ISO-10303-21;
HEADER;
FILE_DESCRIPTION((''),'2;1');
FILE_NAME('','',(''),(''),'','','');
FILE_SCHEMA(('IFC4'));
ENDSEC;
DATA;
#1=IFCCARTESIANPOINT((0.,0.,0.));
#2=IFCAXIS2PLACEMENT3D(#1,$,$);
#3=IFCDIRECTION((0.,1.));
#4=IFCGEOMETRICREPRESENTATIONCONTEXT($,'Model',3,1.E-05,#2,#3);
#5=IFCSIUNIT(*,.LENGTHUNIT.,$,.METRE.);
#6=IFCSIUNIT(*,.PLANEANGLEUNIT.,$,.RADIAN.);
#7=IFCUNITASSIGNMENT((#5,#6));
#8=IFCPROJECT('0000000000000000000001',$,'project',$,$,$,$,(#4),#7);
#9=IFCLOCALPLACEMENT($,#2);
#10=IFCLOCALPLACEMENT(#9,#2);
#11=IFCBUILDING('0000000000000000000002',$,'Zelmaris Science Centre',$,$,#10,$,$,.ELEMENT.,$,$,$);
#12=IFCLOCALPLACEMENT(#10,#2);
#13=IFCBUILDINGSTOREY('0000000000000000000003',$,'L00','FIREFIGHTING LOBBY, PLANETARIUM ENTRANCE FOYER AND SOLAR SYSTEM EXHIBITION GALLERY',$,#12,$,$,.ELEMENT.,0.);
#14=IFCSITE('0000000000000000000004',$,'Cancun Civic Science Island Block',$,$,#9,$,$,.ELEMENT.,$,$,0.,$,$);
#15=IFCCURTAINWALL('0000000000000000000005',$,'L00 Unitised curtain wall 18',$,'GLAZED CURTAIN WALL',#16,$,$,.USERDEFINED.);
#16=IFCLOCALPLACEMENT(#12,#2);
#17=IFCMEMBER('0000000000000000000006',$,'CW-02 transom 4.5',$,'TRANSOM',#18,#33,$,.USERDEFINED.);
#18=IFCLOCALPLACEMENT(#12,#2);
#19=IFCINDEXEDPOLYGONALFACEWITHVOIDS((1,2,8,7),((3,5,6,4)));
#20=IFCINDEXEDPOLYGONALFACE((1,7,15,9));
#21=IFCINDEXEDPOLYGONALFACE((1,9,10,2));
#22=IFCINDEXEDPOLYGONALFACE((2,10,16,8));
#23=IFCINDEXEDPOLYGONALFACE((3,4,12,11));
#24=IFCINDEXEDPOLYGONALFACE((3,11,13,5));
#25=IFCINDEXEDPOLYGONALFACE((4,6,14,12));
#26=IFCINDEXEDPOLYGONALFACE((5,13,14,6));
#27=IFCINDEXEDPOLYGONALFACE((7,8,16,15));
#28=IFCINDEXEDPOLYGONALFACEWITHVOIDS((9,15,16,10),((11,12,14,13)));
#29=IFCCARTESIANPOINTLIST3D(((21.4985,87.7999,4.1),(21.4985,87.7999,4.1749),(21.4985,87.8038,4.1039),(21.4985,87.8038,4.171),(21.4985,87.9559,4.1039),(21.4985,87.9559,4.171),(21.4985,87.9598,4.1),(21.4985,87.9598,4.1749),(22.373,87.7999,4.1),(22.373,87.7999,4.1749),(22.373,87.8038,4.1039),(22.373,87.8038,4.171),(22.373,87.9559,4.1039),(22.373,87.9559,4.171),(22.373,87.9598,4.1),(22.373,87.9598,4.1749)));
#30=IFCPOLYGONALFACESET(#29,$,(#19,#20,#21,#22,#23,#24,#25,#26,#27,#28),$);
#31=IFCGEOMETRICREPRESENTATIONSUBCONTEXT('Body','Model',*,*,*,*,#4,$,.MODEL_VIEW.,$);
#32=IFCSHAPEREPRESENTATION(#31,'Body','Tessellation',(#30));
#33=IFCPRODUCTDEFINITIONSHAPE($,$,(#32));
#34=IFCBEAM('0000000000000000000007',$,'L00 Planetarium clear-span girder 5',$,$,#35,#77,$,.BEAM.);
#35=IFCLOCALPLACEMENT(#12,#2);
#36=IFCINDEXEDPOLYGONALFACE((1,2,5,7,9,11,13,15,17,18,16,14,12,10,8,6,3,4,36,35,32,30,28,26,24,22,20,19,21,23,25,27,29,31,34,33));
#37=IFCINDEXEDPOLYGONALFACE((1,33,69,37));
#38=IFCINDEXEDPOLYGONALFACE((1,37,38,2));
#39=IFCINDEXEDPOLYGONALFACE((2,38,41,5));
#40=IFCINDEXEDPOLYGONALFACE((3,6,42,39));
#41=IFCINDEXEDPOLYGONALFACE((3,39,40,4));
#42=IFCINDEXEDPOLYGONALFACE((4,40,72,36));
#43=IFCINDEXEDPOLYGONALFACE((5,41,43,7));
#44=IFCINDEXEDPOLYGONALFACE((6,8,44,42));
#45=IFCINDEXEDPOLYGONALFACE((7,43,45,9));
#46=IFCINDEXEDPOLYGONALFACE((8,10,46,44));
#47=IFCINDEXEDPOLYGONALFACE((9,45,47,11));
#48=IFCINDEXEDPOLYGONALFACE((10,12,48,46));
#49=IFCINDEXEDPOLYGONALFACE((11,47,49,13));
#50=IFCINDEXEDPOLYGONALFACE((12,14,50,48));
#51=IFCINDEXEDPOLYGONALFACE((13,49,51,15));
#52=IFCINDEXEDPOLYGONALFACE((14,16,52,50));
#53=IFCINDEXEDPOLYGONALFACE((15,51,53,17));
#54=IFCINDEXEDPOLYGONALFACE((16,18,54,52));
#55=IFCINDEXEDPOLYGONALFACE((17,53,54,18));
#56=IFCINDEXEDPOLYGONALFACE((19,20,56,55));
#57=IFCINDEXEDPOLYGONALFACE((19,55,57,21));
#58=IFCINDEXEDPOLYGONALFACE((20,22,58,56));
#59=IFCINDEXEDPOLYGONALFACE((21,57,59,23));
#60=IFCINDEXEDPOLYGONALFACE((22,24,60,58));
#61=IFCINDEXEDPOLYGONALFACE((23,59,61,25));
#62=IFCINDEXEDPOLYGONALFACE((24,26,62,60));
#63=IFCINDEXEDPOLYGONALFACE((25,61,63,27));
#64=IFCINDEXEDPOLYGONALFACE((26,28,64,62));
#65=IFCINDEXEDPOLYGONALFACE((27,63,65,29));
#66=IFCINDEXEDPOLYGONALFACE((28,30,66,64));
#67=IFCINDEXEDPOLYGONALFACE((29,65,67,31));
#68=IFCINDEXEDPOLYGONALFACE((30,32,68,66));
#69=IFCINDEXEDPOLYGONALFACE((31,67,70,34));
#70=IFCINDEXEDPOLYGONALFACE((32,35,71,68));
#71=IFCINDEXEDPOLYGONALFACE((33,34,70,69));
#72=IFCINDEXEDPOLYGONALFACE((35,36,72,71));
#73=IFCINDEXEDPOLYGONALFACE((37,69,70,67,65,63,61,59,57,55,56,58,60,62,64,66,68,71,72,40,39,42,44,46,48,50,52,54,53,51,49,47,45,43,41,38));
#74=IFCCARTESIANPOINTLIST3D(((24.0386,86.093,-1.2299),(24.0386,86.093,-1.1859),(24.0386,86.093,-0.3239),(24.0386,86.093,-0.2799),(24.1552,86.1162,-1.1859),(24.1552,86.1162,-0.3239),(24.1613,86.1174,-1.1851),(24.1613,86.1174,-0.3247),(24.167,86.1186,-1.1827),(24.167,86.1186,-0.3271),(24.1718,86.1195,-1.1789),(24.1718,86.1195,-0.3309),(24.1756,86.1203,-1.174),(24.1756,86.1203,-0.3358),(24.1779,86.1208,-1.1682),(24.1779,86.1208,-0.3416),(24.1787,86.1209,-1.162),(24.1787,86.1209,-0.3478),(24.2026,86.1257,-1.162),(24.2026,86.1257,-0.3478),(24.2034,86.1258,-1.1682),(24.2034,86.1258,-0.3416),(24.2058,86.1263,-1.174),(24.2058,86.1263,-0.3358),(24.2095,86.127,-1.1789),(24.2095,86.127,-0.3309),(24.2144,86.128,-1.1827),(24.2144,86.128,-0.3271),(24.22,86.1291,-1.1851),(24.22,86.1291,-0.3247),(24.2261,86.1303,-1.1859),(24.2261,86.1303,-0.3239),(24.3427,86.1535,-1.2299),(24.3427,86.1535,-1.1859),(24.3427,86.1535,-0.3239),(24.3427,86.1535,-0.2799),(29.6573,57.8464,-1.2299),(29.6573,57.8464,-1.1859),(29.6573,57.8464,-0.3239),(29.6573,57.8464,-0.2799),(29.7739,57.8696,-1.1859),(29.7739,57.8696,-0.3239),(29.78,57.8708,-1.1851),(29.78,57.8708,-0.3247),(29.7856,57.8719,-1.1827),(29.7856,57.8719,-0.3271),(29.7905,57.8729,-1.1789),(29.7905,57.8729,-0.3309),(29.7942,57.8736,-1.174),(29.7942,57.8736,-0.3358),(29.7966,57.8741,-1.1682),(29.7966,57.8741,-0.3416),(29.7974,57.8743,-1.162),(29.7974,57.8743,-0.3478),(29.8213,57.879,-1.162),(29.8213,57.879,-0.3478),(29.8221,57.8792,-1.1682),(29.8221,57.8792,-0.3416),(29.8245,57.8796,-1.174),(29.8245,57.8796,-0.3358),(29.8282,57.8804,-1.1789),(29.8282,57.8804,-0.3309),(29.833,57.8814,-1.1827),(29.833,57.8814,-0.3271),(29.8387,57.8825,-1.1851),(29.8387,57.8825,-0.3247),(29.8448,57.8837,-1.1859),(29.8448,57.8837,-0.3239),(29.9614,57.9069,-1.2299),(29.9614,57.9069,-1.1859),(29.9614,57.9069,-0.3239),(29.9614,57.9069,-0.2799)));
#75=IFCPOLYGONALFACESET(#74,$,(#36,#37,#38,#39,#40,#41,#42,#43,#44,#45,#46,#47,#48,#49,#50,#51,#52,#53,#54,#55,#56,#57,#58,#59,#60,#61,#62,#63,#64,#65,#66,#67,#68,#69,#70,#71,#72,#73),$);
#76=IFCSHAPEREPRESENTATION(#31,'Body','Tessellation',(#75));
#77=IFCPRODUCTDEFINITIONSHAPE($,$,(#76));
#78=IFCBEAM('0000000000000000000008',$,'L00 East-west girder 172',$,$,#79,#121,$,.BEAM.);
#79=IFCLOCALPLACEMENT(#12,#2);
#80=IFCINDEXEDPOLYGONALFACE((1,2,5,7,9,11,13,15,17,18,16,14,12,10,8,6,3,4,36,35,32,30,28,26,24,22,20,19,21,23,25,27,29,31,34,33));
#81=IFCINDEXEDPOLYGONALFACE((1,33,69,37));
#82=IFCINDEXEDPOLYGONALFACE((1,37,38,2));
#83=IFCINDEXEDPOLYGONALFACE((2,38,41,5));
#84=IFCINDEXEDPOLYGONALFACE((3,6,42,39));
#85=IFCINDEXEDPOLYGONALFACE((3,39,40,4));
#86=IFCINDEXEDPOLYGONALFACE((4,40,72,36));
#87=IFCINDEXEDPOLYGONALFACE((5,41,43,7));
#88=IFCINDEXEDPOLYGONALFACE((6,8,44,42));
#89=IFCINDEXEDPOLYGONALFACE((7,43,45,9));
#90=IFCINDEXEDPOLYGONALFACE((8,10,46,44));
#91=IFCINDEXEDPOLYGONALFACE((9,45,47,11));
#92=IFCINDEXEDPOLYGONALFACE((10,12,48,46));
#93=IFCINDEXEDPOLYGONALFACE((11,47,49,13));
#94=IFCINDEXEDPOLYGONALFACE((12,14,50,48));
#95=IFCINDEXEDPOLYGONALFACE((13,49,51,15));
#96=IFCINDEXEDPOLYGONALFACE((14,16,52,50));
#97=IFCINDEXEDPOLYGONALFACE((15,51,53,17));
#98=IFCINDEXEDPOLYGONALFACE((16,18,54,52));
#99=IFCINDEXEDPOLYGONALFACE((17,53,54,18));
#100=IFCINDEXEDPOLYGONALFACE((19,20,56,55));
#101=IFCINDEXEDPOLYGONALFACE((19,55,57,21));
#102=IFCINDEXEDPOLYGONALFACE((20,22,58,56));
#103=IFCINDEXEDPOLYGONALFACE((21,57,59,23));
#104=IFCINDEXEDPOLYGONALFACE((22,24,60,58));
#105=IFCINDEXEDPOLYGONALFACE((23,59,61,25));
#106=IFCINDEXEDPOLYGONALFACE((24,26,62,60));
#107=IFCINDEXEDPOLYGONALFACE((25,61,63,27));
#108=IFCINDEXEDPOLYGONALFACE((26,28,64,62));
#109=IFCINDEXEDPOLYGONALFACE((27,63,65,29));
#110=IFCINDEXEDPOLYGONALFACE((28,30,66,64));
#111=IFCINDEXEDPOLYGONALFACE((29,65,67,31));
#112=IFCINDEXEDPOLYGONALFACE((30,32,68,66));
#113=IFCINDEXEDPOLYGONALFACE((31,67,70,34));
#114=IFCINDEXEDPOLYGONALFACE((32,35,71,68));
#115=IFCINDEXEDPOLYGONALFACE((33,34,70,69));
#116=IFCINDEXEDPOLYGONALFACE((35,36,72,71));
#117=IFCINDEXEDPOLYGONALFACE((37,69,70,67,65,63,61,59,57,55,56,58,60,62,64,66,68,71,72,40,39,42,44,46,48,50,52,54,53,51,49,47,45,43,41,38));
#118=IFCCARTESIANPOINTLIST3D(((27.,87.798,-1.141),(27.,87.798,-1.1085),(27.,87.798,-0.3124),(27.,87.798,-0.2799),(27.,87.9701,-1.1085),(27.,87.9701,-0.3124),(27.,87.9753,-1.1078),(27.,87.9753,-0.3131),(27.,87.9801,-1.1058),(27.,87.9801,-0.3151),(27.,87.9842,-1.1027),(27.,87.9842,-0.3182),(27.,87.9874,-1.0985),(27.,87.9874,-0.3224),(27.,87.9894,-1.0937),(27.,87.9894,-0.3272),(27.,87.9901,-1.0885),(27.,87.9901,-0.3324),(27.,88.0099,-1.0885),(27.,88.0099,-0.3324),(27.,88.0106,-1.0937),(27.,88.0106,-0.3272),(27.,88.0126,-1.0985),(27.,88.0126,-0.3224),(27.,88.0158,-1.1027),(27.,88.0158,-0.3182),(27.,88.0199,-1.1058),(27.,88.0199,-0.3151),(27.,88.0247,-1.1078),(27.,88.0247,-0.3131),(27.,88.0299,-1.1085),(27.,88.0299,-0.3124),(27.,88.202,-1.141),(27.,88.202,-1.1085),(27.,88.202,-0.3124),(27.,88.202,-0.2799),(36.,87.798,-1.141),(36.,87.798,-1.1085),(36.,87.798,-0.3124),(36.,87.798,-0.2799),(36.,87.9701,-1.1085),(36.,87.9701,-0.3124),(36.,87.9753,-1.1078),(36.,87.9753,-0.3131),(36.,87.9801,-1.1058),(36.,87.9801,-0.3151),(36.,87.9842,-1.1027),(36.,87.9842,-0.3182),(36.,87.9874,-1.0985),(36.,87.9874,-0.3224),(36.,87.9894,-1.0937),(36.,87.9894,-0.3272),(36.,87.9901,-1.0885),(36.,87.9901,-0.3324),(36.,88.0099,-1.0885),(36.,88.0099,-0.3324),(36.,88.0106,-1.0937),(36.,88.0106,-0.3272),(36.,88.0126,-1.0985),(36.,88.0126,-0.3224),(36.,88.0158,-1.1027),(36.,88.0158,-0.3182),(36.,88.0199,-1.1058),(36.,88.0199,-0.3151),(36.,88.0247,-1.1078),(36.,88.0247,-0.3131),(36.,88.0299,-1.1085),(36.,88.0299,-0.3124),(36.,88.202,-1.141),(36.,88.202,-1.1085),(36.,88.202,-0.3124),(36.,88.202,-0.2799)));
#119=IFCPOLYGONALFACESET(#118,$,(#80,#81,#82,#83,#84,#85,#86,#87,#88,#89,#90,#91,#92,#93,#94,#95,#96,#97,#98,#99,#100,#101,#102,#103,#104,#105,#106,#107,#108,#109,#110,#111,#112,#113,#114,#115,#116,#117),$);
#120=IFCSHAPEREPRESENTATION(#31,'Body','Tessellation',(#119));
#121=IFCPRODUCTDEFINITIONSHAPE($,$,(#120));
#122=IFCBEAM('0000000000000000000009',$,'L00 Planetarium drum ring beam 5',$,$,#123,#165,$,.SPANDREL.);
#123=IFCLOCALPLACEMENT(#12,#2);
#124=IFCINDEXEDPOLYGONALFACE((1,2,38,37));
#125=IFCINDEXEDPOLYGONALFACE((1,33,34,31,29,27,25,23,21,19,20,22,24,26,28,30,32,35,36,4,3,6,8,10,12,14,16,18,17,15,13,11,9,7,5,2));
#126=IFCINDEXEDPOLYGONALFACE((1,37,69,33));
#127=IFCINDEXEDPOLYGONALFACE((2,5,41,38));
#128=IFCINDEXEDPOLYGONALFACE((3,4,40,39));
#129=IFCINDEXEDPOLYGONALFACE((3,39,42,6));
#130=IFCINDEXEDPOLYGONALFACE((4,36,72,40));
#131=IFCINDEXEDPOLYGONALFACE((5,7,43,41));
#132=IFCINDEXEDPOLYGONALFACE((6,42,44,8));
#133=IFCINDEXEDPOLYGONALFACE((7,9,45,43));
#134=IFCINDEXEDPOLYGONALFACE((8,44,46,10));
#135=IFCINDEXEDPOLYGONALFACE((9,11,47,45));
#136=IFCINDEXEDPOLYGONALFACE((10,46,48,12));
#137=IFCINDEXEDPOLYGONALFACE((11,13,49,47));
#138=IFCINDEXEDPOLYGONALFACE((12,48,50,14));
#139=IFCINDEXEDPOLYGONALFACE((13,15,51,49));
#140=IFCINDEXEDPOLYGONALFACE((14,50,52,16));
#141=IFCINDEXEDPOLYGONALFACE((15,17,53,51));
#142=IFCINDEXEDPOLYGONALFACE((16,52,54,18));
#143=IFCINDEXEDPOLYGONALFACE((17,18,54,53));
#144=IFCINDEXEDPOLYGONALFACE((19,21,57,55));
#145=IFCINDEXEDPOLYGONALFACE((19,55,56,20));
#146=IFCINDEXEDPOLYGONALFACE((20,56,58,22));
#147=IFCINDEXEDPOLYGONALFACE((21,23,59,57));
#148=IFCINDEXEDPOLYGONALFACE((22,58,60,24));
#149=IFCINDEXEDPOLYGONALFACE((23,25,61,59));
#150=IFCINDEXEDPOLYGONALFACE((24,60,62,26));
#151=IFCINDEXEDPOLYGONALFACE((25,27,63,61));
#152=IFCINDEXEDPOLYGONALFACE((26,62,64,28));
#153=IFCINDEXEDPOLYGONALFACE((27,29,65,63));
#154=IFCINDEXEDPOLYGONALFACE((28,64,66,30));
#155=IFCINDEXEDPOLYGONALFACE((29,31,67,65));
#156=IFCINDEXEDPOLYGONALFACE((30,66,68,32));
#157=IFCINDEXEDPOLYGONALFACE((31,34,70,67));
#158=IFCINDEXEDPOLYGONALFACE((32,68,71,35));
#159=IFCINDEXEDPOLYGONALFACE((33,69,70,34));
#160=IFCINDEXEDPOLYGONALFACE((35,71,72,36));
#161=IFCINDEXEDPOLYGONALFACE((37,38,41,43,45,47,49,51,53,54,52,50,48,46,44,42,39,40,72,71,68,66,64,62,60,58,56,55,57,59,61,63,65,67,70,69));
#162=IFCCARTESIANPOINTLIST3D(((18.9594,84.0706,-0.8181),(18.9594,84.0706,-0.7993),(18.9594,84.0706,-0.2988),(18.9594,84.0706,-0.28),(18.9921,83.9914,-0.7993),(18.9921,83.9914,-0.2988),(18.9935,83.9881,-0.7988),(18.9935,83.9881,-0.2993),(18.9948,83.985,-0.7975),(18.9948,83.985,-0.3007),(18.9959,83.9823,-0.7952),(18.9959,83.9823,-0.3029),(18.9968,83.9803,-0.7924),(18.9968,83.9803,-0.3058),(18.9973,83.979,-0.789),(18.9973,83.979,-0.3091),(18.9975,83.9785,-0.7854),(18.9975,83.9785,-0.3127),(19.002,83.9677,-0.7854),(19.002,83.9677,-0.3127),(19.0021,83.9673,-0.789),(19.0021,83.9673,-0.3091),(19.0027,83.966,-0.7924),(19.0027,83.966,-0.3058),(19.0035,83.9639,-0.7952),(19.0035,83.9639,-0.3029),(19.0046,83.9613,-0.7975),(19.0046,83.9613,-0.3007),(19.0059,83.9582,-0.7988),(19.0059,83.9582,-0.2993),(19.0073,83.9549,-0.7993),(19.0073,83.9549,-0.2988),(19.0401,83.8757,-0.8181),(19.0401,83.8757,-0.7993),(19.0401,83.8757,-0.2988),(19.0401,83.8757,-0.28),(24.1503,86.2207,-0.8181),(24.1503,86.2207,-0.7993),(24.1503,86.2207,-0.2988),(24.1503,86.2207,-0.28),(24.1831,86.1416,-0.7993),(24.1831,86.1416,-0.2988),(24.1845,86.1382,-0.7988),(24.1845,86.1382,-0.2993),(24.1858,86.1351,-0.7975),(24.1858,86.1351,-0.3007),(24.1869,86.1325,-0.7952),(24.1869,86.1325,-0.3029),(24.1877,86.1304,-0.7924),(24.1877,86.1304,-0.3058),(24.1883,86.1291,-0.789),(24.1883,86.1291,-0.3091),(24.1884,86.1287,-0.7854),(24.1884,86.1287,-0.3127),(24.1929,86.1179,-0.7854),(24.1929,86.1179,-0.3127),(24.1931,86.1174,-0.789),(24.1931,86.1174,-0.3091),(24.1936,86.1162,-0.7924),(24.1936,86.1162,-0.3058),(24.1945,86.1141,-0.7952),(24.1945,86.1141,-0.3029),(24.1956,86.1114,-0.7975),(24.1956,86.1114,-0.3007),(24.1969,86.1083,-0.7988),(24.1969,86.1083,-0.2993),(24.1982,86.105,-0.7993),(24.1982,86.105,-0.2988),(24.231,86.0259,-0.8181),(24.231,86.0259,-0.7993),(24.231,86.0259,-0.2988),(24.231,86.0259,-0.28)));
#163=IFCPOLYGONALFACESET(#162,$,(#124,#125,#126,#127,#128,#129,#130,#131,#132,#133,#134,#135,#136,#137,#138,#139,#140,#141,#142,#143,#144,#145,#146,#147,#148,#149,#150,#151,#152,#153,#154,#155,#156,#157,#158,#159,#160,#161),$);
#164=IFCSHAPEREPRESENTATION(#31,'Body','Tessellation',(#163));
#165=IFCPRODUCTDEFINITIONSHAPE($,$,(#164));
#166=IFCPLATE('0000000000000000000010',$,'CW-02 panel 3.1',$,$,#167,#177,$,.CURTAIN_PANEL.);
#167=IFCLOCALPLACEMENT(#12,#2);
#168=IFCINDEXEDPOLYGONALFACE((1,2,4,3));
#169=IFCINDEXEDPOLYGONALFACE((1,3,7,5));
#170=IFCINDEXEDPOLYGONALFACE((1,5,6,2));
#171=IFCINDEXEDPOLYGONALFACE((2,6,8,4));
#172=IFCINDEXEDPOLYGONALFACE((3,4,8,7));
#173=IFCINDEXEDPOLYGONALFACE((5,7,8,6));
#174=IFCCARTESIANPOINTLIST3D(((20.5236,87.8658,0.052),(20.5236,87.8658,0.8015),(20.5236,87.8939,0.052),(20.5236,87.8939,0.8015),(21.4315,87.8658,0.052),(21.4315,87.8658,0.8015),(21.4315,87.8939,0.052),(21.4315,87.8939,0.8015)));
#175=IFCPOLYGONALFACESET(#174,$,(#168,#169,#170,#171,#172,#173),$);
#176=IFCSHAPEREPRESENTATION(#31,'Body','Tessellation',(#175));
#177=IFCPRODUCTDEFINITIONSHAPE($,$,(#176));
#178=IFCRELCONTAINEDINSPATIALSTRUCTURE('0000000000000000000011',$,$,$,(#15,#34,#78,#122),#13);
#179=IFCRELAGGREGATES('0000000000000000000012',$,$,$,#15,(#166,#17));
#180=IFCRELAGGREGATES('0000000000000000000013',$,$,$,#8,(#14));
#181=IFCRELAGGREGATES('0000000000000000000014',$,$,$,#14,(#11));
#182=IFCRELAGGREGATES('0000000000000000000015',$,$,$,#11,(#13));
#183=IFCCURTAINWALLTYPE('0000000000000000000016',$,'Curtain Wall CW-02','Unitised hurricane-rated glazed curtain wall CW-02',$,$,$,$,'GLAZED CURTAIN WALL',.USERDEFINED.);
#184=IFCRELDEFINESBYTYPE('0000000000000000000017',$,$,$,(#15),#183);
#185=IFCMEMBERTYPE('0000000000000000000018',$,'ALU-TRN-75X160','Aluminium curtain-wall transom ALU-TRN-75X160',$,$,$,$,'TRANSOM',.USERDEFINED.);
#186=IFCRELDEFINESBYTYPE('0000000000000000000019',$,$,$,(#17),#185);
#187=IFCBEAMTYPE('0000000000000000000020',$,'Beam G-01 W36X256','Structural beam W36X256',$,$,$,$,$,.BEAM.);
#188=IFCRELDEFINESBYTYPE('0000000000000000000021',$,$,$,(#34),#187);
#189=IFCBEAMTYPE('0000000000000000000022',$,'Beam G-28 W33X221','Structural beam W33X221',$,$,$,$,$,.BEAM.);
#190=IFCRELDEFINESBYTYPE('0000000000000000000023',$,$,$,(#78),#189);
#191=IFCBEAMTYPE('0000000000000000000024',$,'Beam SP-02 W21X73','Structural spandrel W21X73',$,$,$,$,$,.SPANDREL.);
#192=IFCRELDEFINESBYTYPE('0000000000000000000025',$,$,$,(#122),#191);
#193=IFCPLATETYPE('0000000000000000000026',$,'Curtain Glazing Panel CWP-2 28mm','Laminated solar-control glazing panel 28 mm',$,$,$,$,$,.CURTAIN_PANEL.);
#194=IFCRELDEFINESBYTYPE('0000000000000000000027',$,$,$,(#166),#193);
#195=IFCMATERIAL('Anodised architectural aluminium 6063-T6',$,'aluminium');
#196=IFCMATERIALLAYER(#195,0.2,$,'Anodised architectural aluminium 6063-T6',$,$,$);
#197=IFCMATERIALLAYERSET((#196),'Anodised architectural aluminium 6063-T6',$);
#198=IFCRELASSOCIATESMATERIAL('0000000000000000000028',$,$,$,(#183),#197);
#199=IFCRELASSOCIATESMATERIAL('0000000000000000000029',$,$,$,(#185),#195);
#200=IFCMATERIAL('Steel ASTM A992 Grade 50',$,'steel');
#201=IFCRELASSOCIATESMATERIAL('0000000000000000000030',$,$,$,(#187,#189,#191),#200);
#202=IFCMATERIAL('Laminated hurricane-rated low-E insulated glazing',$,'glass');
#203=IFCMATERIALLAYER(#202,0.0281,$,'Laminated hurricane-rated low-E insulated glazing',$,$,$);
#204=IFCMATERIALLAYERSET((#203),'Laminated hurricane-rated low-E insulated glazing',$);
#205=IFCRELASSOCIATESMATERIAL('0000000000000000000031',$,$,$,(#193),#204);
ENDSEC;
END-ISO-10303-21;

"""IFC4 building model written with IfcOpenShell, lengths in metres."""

from ifc_helpers import new_model, si_unit, direction, frame, origin, origin_2d, place, context, subcontext, project, spatial, rectangle, hollow_rectangle, i_section, extrude, material, layer, layer_set, material_profile, profile_set, type_object, element, aggregate, save


model = new_model("IFC4")

# Units and contexts
model_context = context("Model", 3, precision=1e-05, world=origin(), true_north=direction((0.0, 1.0)))
body_context = subcontext(model_context, "Body", "Model", "MODEL_VIEW")
ifc_project = project(units=[si_unit("LENGTHUNIT", "METRE"), si_unit("PLANEANGLEUNIT", "RADIAN")], contexts=[model_context])

# Site, building, storey
site_placement = place(None, origin())
site = spatial("IfcSite", under=ifc_project, at=site_placement, Name="Cancun Civic Science Island Block", CompositionType="ELEMENT", RefElevation=0.0)
building_placement = place(site_placement, origin())
building = spatial("IfcBuilding", under=site, at=building_placement, Name="Zelmaris Science Centre", CompositionType="ELEMENT")
storey_placement = place(building_placement, origin())
storey = spatial("IfcBuildingStorey", under=building, at=storey_placement, Name="L00", Description="FIREFIGHTING LOBBY, PLANETARIUM ENTRANCE FOYER AND SOLAR SYSTEM EXHIBITION GALLERY", CompositionType="ELEMENT", Elevation=0.0)

# Shared definitions
ifc_material_1 = material(Name="Steel ASTM A992 Grade 50", Category="steel")

# Shared definitions
ifc_material_2 = material(Name="Anodised architectural aluminium 6063-T6", Category="aluminium")

# Curtain wall
ifc_layer_1 = layer(ifc_material_2, 0.2, Name="Anodised architectural aluminium 6063-T6")
ifc_layer_set_1 = layer_set([ifc_layer_1], Name="Anodised architectural aluminium 6063-T6")
curtain_wall_type_1 = type_object("IfcCurtainWallType", Name="Curtain Wall CW-02", Description="Unitised hurricane-rated glazed curtain wall CW-02", ElementType="GLAZED CURTAIN WALL", PredefinedType="USERDEFINED", material=ifc_layer_set_1)
curtain_wall_1_placement = place(storey_placement, origin())
curtain_wall_1 = element("IfcCurtainWall", 1, at=curtain_wall_1_placement, inside=storey, type_object=curtain_wall_type_1, Name="L00 Unitised curtain wall 18", ObjectType="GLAZED CURTAIN WALL", PredefinedType="USERDEFINED")

# Member
ifc_material_profile_1 = material_profile(ifc_material_2, hollow_rectangle(XDim=0.075, YDim=0.1599, WallThickness=0.0039, at=origin_2d()), Name="ALU-TRN-75X160")
ifc_profile_set_1 = profile_set([ifc_material_profile_1], Name="Anodised architectural aluminium 6063-T6")
member_type_1 = type_object("IfcMemberType", Name="ALU-TRN-75X160", Description="Aluminium curtain-wall transom ALU-TRN-75X160", ElementType="TRANSOM", PredefinedType="USERDEFINED", material=ifc_profile_set_1)
member_1_placement = place(storey_placement, frame((21.4985, 87.8799, 4.1375), z_axis=(1.0, 0.0, 0.0), x_axis=(0.0, 0.0, 1.0)))
member_1 = element("IfcMember", 2, at=member_1_placement, type_object=member_type_1, Name="CW-02 transom 4.5", ObjectType="TRANSOM", PredefinedType="USERDEFINED", context=body_context, shape_type="SweptSolid", body=[
    extrude(hollow_rectangle(XDim=0.075, YDim=0.1599, WallThickness=0.0039, at=origin_2d()), origin(), (0.0, 0.0, 1.0), 0.8745),
])

# Beams
ifc_material_profile_2 = material_profile(ifc_material_1, i_section(OverallWidth=0.3101, OverallDepth=0.95, WebThickness=0.0244, FlangeThickness=0.0439, FilletRadius=0.0239, at=origin_2d()), Name="W36X256")
ifc_profile_set_2 = profile_set([ifc_material_profile_2], Name="Steel ASTM A992 Grade 50")
beam_type_1 = type_object("IfcBeamType", Name="Beam G-01 W36X256", Description="Structural beam W36X256", PredefinedType="BEAM", material=ifc_profile_set_2)
beam_1_placement = place(storey_placement, frame((24.1907, 86.1233, -0.7549), z_axis=(0.195092, -0.980785, 0.0), x_axis=(0.980785, 0.195092, 0.0)))
element("IfcBeam", 3, at=beam_1_placement, inside=storey, type_object=beam_type_1, Name="L00 Planetarium clear-span girder 5", PredefinedType="BEAM", context=body_context, shape_type="SweptSolid", body=[
    extrude(i_section(OverallWidth=0.3101, OverallDepth=0.95, WebThickness=0.0244, FlangeThickness=0.0439, FilletRadius=0.0239, at=origin_2d()), origin(), (0.0, 0.0, 1.0), 28.8),
])
ifc_material_profile_3 = material_profile(ifc_material_1, i_section(OverallWidth=0.4041, OverallDepth=0.8611, WebThickness=0.0198, FlangeThickness=0.0325, FilletRadius=0.02, at=origin_2d()), Name="W33X221")
ifc_profile_set_3 = profile_set([ifc_material_profile_3], Name="Steel ASTM A992 Grade 50")
beam_type_2 = type_object("IfcBeamType", Name="Beam G-28 W33X221", Description="Structural beam W33X221", PredefinedType="BEAM", material=ifc_profile_set_3)
beam_2_placement = place(storey_placement, frame((27.0, 88.0, -0.7104), z_axis=(1.0, 0.0, 0.0), x_axis=(0.0, 1.0, 0.0)))
element("IfcBeam", 4, at=beam_2_placement, inside=storey, type_object=beam_type_2, Name="L00 East-west girder 172", PredefinedType="BEAM", context=body_context, shape_type="SweptSolid", body=[
    extrude(i_section(OverallWidth=0.4041, OverallDepth=0.8611, WebThickness=0.0198, FlangeThickness=0.0325, FilletRadius=0.02, at=origin_2d()), origin(), (0.0, 0.0, 1.0), 9.0),
])
ifc_material_profile_4 = material_profile(ifc_material_1, i_section(OverallWidth=0.2109, OverallDepth=0.5381, WebThickness=0.0117, FlangeThickness=0.0188, FilletRadius=0.0139, at=origin_2d()), Name="W21X73")
ifc_profile_set_4 = profile_set([ifc_material_profile_4], Name="Steel ASTM A992 Grade 50")
beam_type_3 = type_object("IfcBeamType", Name="Beam SP-02 W21X73", Description="Structural spandrel W21X73", PredefinedType="SPANDREL", material=ifc_profile_set_4)
beam_3_placement = place(storey_placement, frame((24.1907, 86.1233, -0.5491), z_axis=(-0.92388, -0.382683, 0.0), x_axis=(0.382683, -0.92388, 0.0)))
element("IfcBeam", 5, at=beam_3_placement, inside=storey, type_object=beam_type_3, Name="L00 Planetarium drum ring beam 5", PredefinedType="SPANDREL", context=body_context, shape_type="SweptSolid", body=[
    extrude(i_section(OverallWidth=0.2109, OverallDepth=0.5381, WebThickness=0.0117, FlangeThickness=0.0188, FilletRadius=0.0139, at=origin_2d()), origin(), (0.0, 0.0, 1.0), 5.6187),
])

# Plate
ifc_material_3 = material(Name="Laminated hurricane-rated low-E insulated glazing", Category="glass")
ifc_layer_2 = layer(ifc_material_3, 0.0281, Name="Laminated hurricane-rated low-E insulated glazing")
ifc_layer_set_2 = layer_set([ifc_layer_2], Name="Laminated hurricane-rated low-E insulated glazing")
plate_type_1 = type_object("IfcPlateType", Name="Curtain Glazing Panel CWP-2 28mm", Description="Laminated solar-control glazing panel 28 mm", PredefinedType="CURTAIN_PANEL", material=ifc_layer_set_2)
plate_1_placement = place(storey_placement, frame((20.9775, 87.8799, 0.052), z_axis=(0.0, 0.0, 1.0), x_axis=(1.0, 0.0, 0.0)))
plate_1 = element("IfcPlate", 6, at=plate_1_placement, type_object=plate_type_1, Name="CW-02 panel 3.1", PredefinedType="CURTAIN_PANEL", context=body_context, shape_type="SweptSolid", body=[
    extrude(rectangle(XDim=0.908, YDim=0.0281, at=origin_2d()), origin(), (0.0, 0.0, 1.0), 0.7495),
])
aggregate(curtain_wall_1, [plate_1, member_1])

save(model, "model.ifc")
